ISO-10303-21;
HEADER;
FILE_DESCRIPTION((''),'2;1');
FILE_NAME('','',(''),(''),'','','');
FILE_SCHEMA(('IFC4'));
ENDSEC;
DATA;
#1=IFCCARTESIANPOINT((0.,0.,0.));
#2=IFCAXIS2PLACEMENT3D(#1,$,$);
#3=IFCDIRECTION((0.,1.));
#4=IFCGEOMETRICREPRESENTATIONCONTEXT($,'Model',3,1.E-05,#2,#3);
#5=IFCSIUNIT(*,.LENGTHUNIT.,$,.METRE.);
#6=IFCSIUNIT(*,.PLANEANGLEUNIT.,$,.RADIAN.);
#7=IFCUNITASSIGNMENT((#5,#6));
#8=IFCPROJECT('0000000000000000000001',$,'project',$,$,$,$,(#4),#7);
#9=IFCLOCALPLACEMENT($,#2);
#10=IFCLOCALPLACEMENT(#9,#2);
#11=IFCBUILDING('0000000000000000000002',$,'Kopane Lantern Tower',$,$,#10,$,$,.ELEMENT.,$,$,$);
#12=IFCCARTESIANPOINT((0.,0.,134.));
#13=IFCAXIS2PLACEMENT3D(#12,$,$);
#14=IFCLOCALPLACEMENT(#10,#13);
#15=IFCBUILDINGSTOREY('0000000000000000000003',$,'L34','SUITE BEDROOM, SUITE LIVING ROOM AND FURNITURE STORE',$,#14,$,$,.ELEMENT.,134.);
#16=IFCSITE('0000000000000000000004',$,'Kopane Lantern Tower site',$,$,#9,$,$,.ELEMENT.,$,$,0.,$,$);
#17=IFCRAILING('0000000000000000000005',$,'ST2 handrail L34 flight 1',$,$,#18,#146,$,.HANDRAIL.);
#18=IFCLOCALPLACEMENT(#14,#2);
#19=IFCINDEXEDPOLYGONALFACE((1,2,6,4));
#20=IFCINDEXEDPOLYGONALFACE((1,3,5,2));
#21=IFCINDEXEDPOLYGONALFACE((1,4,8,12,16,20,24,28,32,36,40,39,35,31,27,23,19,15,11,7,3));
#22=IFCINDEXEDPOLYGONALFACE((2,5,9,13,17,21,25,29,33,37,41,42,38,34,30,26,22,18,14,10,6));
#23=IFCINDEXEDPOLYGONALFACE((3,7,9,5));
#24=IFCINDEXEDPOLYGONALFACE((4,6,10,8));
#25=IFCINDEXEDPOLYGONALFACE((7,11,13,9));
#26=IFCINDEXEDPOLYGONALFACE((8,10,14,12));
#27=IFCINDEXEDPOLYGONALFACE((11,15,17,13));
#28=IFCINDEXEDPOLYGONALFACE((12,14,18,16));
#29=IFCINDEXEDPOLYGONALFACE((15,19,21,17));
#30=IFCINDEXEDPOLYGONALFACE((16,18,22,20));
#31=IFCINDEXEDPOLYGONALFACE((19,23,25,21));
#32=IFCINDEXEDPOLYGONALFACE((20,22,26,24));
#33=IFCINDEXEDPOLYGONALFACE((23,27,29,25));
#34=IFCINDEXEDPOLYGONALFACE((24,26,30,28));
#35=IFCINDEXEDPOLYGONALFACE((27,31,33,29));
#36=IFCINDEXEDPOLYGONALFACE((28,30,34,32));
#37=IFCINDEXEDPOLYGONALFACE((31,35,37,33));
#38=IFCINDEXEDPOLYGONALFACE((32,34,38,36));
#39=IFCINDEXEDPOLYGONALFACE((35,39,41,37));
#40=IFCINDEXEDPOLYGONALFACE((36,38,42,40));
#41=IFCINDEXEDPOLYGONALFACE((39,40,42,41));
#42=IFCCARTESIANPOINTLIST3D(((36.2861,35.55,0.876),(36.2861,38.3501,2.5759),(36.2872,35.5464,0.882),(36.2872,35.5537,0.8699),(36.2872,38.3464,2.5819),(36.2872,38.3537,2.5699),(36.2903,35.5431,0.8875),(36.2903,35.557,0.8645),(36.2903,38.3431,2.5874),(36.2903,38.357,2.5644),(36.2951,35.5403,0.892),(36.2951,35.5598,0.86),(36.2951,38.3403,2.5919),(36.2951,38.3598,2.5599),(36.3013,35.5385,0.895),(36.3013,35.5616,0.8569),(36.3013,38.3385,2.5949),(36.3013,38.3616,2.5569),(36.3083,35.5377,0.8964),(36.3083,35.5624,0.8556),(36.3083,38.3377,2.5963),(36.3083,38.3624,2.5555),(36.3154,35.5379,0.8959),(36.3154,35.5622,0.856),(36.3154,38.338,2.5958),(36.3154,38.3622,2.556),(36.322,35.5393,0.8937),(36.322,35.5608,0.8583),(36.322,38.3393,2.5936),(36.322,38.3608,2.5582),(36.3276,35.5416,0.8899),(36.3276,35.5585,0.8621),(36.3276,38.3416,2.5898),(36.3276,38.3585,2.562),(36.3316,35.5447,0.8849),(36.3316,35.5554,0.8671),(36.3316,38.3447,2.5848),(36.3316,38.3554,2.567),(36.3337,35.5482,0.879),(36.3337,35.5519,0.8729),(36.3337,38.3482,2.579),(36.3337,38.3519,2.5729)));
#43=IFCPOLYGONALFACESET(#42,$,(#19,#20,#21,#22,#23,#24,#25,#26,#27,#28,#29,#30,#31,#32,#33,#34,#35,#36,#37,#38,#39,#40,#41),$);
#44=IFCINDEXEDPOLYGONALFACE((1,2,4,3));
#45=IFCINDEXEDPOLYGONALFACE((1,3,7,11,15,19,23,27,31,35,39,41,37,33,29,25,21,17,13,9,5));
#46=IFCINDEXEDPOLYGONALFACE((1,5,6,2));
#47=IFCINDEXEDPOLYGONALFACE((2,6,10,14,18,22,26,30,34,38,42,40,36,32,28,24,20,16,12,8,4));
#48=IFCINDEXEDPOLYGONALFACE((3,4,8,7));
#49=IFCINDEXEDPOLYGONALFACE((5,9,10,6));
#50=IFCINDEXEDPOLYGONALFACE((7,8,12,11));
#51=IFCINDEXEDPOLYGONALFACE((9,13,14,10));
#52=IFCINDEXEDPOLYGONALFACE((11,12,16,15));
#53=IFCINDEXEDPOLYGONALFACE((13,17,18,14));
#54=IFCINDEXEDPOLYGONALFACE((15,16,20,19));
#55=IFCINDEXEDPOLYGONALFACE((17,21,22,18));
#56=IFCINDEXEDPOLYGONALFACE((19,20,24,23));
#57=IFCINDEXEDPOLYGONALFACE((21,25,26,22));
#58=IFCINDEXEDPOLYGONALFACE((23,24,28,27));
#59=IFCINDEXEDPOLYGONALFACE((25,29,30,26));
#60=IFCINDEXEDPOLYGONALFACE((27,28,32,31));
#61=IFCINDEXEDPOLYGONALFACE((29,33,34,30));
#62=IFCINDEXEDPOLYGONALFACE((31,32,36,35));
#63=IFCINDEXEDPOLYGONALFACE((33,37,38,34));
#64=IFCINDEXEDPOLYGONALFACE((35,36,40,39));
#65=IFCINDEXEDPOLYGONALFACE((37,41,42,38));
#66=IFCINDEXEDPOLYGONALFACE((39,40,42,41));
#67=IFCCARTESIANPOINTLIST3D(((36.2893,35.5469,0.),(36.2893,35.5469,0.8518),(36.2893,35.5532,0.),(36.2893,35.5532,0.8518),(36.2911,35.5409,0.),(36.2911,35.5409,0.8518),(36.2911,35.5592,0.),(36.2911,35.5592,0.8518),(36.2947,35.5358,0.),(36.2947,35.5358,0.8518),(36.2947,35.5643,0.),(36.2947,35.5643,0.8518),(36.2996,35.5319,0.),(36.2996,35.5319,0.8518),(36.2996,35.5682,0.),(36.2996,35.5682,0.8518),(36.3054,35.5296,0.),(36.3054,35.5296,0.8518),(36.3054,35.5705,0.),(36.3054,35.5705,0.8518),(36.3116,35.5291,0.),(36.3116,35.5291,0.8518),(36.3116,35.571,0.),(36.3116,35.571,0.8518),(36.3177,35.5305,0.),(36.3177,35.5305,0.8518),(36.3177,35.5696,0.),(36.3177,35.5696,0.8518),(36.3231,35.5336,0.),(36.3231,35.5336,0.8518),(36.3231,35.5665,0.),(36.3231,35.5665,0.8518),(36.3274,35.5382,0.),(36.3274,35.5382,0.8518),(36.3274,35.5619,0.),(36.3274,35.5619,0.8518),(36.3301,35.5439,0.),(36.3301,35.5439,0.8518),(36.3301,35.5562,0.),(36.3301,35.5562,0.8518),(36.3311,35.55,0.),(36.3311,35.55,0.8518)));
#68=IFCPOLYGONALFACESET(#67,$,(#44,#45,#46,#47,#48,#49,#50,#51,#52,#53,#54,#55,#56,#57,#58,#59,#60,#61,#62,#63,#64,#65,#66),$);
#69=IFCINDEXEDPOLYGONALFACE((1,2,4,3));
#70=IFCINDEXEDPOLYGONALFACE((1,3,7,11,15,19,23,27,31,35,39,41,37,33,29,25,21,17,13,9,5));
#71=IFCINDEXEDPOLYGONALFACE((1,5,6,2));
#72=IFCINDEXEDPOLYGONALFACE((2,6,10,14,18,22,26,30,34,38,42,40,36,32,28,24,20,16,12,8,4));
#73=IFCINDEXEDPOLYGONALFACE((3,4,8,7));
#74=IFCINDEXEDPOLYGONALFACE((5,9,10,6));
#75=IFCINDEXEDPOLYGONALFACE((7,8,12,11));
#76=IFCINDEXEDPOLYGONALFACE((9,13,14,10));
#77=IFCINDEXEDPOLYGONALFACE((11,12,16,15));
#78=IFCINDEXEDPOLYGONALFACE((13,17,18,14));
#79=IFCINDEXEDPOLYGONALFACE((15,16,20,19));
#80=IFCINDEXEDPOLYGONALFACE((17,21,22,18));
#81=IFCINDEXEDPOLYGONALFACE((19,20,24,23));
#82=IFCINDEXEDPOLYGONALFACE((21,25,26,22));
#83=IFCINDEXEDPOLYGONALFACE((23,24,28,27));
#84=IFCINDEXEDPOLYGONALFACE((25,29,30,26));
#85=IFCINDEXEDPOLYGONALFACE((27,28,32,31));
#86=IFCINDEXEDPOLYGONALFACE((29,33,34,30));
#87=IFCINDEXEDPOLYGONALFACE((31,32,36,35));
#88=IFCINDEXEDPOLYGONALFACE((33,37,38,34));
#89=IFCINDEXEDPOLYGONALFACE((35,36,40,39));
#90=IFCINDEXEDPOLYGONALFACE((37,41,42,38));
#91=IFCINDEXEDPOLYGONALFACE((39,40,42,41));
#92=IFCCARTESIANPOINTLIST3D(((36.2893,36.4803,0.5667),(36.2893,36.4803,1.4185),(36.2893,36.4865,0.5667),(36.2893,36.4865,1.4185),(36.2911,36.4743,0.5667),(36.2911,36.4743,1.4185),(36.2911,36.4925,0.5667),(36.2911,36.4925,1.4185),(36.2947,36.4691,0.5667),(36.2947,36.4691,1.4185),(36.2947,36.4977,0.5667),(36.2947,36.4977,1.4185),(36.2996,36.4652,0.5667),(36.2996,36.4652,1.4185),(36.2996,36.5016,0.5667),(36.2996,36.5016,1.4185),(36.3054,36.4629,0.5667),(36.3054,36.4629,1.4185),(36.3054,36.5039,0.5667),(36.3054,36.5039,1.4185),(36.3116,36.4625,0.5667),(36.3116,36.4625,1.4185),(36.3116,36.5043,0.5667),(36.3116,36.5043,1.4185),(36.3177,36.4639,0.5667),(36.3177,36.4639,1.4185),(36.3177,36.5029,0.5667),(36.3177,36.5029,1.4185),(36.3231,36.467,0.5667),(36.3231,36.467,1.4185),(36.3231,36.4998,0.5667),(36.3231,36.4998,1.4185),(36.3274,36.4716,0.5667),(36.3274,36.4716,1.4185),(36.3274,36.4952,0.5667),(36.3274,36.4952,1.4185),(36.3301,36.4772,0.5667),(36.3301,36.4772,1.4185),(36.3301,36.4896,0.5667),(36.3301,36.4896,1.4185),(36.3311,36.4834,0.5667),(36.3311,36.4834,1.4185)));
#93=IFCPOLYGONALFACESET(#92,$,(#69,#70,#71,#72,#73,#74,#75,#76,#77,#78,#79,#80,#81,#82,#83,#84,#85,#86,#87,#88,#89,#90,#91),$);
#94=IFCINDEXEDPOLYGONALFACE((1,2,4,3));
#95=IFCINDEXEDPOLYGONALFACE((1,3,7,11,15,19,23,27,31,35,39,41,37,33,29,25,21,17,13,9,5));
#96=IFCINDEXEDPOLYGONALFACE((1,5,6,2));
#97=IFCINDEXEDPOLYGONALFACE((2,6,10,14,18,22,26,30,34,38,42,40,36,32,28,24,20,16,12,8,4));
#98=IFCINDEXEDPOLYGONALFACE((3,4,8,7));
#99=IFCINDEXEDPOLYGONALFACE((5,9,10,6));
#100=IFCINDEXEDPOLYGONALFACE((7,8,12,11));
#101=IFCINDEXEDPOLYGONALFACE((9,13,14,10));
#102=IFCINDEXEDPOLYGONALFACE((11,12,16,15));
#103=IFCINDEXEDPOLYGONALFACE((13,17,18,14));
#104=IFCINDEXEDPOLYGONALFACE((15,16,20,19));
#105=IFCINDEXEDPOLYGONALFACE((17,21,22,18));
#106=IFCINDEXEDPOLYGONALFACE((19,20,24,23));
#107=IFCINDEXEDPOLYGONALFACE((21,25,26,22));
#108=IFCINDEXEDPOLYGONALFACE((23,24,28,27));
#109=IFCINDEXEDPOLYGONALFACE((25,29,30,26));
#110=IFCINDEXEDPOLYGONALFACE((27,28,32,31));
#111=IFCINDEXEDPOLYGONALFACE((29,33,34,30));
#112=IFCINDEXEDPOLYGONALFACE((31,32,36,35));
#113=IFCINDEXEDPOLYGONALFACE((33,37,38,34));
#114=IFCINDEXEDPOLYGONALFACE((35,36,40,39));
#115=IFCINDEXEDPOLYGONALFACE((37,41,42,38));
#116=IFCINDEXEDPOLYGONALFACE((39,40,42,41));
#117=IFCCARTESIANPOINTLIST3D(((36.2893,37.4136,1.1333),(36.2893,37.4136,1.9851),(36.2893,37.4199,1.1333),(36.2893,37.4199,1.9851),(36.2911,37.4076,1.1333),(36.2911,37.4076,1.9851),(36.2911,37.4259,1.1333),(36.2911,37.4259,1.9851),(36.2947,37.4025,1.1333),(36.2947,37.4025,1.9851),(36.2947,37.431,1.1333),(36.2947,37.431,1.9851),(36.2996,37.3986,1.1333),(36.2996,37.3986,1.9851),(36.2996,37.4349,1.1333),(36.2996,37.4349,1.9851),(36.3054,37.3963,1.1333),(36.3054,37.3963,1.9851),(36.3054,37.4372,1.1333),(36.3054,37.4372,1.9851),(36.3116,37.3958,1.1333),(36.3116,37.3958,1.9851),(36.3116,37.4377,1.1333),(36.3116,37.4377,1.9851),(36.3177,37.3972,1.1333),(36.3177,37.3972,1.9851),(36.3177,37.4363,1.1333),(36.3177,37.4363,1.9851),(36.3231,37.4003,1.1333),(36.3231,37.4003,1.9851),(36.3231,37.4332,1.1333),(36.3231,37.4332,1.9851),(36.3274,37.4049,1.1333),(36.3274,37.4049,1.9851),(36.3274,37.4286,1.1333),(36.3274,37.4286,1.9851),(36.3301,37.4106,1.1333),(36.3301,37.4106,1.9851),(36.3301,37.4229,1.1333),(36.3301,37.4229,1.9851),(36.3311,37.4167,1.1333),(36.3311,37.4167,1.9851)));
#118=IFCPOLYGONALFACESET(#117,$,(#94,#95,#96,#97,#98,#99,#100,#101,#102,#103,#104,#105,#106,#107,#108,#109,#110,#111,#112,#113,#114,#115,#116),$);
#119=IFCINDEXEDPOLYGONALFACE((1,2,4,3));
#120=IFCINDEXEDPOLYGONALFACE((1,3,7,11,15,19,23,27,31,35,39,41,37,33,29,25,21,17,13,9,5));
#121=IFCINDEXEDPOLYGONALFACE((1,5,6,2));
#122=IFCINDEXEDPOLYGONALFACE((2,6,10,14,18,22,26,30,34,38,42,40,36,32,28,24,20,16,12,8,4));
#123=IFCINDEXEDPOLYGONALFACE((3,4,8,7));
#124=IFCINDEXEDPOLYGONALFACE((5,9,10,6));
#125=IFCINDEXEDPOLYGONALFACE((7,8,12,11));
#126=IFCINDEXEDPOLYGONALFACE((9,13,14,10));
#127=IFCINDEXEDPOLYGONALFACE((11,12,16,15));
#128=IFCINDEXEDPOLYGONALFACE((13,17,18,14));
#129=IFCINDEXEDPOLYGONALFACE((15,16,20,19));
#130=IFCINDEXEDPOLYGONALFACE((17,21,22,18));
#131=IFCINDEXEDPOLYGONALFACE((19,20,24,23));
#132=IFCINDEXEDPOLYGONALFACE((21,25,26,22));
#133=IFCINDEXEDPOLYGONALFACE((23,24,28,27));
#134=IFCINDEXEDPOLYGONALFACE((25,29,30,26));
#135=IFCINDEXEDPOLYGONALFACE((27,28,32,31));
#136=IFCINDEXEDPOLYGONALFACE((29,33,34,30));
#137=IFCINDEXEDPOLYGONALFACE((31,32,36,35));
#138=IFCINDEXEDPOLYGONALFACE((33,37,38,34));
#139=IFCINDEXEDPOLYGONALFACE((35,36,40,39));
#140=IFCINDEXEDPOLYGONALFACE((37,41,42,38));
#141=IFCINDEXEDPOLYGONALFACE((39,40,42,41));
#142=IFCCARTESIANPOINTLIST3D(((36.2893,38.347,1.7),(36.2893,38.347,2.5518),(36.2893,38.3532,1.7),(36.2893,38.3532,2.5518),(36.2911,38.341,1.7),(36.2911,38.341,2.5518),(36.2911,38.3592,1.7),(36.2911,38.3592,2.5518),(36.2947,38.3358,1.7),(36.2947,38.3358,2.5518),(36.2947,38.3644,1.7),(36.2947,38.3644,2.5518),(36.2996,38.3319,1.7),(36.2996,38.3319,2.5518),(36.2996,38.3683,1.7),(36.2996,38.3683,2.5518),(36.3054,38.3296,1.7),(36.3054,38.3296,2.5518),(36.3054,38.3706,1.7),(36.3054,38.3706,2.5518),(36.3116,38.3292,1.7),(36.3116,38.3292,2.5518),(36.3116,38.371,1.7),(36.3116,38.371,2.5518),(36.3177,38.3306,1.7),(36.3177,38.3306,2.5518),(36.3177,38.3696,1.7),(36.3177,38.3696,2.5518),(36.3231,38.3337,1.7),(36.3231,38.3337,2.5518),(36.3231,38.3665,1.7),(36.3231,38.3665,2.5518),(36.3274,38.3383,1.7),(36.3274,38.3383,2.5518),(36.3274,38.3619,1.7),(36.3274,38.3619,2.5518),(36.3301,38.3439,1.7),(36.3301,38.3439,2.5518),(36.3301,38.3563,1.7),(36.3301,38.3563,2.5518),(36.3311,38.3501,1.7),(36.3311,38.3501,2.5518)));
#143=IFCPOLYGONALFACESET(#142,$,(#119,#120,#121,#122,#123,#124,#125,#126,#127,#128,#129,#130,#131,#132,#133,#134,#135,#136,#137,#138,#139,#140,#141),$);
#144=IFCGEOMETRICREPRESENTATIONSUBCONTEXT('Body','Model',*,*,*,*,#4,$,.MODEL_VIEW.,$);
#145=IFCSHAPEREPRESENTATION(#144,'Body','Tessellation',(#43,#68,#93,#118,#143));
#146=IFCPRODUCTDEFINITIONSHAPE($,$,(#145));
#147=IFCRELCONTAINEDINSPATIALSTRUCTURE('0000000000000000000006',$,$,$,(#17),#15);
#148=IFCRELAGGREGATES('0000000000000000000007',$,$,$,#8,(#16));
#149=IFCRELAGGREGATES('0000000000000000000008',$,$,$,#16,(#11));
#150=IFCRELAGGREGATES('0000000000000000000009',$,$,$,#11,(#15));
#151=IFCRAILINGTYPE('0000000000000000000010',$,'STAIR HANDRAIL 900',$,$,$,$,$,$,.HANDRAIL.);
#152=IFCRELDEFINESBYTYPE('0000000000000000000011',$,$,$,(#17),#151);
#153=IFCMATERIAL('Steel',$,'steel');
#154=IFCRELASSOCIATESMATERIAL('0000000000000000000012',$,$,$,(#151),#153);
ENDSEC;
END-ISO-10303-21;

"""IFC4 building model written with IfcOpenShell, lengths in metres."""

from ifc_helpers import new_model, si_unit, direction, frame, origin, origin_2d, place, context, subcontext, project, spatial, circle, extrude, material, type_object, element, save


model = new_model("IFC4")

# Units and contexts
model_context = context("Model", 3, precision=1e-05, world=origin(), true_north=direction((0.0, 1.0)))
body_context = subcontext(model_context, "Body", "Model", "MODEL_VIEW")
ifc_project = project(units=[si_unit("LENGTHUNIT", "METRE"), si_unit("PLANEANGLEUNIT", "RADIAN")], contexts=[model_context])

# Site, building, storey
site_placement = place(None, origin())
site = spatial("IfcSite", under=ifc_project, at=site_placement, Name="Kopane Lantern Tower site", CompositionType="ELEMENT", RefElevation=0.0)
building_placement = place(site_placement, origin())
building = spatial("IfcBuilding", under=site, at=building_placement, Name="Kopane Lantern Tower", CompositionType="ELEMENT")
storey_placement = place(building_placement, frame((0.0, 0.0, 134.0)))
storey = spatial("IfcBuildingStorey", under=building, at=storey_placement, Name="L34", Description="SUITE BEDROOM, SUITE LIVING ROOM AND FURNITURE STORE", CompositionType="ELEMENT", Elevation=134.0)

# Railing
ifc_material_1 = material(Name="Steel", Category="steel")
railing_type_1 = type_object("IfcRailingType", Name="STAIR HANDRAIL 900", PredefinedType="HANDRAIL", material=ifc_material_1)
for number, where, name in (
    (1, (36.3101, 35.55, 0.0), "ST2 handrail L34 flight 1"),
):
    element("IfcRailing", number, at=place(storey_placement, frame(where)), inside=storey, type_object=railing_type_1, Name=name, PredefinedType="HANDRAIL", context=body_context, shape_type="SweptSolid", body=[
        extrude(circle(Radius=0.0239, at=origin_2d()), frame((0.0, 0.0, 0.876), z_axis=(0.0, 0.854798, 0.518961), x_axis=(-1.0, 0.0, 0.0)), (0.0, 0.0, 1.0), 3.2756),
        extrude(circle(Radius=0.021, at=origin_2d()), origin(), (0.0, 0.0, 1.0), 0.8518),
        extrude(circle(Radius=0.021, at=origin_2d()), frame((0.0, 0.9333, 0.5667)), (0.0, 0.0, 1.0), 0.8518),
        extrude(circle(Radius=0.021, at=origin_2d()), frame((0.0, 1.8667, 1.1333)), (0.0, 0.0, 1.0), 0.8518),
        extrude(circle(Radius=0.021, at=origin_2d()), frame((0.0, 2.8, 1.7)), (0.0, 0.0, 1.0), 0.8518),
    ])

save(model, "model.ifc")
